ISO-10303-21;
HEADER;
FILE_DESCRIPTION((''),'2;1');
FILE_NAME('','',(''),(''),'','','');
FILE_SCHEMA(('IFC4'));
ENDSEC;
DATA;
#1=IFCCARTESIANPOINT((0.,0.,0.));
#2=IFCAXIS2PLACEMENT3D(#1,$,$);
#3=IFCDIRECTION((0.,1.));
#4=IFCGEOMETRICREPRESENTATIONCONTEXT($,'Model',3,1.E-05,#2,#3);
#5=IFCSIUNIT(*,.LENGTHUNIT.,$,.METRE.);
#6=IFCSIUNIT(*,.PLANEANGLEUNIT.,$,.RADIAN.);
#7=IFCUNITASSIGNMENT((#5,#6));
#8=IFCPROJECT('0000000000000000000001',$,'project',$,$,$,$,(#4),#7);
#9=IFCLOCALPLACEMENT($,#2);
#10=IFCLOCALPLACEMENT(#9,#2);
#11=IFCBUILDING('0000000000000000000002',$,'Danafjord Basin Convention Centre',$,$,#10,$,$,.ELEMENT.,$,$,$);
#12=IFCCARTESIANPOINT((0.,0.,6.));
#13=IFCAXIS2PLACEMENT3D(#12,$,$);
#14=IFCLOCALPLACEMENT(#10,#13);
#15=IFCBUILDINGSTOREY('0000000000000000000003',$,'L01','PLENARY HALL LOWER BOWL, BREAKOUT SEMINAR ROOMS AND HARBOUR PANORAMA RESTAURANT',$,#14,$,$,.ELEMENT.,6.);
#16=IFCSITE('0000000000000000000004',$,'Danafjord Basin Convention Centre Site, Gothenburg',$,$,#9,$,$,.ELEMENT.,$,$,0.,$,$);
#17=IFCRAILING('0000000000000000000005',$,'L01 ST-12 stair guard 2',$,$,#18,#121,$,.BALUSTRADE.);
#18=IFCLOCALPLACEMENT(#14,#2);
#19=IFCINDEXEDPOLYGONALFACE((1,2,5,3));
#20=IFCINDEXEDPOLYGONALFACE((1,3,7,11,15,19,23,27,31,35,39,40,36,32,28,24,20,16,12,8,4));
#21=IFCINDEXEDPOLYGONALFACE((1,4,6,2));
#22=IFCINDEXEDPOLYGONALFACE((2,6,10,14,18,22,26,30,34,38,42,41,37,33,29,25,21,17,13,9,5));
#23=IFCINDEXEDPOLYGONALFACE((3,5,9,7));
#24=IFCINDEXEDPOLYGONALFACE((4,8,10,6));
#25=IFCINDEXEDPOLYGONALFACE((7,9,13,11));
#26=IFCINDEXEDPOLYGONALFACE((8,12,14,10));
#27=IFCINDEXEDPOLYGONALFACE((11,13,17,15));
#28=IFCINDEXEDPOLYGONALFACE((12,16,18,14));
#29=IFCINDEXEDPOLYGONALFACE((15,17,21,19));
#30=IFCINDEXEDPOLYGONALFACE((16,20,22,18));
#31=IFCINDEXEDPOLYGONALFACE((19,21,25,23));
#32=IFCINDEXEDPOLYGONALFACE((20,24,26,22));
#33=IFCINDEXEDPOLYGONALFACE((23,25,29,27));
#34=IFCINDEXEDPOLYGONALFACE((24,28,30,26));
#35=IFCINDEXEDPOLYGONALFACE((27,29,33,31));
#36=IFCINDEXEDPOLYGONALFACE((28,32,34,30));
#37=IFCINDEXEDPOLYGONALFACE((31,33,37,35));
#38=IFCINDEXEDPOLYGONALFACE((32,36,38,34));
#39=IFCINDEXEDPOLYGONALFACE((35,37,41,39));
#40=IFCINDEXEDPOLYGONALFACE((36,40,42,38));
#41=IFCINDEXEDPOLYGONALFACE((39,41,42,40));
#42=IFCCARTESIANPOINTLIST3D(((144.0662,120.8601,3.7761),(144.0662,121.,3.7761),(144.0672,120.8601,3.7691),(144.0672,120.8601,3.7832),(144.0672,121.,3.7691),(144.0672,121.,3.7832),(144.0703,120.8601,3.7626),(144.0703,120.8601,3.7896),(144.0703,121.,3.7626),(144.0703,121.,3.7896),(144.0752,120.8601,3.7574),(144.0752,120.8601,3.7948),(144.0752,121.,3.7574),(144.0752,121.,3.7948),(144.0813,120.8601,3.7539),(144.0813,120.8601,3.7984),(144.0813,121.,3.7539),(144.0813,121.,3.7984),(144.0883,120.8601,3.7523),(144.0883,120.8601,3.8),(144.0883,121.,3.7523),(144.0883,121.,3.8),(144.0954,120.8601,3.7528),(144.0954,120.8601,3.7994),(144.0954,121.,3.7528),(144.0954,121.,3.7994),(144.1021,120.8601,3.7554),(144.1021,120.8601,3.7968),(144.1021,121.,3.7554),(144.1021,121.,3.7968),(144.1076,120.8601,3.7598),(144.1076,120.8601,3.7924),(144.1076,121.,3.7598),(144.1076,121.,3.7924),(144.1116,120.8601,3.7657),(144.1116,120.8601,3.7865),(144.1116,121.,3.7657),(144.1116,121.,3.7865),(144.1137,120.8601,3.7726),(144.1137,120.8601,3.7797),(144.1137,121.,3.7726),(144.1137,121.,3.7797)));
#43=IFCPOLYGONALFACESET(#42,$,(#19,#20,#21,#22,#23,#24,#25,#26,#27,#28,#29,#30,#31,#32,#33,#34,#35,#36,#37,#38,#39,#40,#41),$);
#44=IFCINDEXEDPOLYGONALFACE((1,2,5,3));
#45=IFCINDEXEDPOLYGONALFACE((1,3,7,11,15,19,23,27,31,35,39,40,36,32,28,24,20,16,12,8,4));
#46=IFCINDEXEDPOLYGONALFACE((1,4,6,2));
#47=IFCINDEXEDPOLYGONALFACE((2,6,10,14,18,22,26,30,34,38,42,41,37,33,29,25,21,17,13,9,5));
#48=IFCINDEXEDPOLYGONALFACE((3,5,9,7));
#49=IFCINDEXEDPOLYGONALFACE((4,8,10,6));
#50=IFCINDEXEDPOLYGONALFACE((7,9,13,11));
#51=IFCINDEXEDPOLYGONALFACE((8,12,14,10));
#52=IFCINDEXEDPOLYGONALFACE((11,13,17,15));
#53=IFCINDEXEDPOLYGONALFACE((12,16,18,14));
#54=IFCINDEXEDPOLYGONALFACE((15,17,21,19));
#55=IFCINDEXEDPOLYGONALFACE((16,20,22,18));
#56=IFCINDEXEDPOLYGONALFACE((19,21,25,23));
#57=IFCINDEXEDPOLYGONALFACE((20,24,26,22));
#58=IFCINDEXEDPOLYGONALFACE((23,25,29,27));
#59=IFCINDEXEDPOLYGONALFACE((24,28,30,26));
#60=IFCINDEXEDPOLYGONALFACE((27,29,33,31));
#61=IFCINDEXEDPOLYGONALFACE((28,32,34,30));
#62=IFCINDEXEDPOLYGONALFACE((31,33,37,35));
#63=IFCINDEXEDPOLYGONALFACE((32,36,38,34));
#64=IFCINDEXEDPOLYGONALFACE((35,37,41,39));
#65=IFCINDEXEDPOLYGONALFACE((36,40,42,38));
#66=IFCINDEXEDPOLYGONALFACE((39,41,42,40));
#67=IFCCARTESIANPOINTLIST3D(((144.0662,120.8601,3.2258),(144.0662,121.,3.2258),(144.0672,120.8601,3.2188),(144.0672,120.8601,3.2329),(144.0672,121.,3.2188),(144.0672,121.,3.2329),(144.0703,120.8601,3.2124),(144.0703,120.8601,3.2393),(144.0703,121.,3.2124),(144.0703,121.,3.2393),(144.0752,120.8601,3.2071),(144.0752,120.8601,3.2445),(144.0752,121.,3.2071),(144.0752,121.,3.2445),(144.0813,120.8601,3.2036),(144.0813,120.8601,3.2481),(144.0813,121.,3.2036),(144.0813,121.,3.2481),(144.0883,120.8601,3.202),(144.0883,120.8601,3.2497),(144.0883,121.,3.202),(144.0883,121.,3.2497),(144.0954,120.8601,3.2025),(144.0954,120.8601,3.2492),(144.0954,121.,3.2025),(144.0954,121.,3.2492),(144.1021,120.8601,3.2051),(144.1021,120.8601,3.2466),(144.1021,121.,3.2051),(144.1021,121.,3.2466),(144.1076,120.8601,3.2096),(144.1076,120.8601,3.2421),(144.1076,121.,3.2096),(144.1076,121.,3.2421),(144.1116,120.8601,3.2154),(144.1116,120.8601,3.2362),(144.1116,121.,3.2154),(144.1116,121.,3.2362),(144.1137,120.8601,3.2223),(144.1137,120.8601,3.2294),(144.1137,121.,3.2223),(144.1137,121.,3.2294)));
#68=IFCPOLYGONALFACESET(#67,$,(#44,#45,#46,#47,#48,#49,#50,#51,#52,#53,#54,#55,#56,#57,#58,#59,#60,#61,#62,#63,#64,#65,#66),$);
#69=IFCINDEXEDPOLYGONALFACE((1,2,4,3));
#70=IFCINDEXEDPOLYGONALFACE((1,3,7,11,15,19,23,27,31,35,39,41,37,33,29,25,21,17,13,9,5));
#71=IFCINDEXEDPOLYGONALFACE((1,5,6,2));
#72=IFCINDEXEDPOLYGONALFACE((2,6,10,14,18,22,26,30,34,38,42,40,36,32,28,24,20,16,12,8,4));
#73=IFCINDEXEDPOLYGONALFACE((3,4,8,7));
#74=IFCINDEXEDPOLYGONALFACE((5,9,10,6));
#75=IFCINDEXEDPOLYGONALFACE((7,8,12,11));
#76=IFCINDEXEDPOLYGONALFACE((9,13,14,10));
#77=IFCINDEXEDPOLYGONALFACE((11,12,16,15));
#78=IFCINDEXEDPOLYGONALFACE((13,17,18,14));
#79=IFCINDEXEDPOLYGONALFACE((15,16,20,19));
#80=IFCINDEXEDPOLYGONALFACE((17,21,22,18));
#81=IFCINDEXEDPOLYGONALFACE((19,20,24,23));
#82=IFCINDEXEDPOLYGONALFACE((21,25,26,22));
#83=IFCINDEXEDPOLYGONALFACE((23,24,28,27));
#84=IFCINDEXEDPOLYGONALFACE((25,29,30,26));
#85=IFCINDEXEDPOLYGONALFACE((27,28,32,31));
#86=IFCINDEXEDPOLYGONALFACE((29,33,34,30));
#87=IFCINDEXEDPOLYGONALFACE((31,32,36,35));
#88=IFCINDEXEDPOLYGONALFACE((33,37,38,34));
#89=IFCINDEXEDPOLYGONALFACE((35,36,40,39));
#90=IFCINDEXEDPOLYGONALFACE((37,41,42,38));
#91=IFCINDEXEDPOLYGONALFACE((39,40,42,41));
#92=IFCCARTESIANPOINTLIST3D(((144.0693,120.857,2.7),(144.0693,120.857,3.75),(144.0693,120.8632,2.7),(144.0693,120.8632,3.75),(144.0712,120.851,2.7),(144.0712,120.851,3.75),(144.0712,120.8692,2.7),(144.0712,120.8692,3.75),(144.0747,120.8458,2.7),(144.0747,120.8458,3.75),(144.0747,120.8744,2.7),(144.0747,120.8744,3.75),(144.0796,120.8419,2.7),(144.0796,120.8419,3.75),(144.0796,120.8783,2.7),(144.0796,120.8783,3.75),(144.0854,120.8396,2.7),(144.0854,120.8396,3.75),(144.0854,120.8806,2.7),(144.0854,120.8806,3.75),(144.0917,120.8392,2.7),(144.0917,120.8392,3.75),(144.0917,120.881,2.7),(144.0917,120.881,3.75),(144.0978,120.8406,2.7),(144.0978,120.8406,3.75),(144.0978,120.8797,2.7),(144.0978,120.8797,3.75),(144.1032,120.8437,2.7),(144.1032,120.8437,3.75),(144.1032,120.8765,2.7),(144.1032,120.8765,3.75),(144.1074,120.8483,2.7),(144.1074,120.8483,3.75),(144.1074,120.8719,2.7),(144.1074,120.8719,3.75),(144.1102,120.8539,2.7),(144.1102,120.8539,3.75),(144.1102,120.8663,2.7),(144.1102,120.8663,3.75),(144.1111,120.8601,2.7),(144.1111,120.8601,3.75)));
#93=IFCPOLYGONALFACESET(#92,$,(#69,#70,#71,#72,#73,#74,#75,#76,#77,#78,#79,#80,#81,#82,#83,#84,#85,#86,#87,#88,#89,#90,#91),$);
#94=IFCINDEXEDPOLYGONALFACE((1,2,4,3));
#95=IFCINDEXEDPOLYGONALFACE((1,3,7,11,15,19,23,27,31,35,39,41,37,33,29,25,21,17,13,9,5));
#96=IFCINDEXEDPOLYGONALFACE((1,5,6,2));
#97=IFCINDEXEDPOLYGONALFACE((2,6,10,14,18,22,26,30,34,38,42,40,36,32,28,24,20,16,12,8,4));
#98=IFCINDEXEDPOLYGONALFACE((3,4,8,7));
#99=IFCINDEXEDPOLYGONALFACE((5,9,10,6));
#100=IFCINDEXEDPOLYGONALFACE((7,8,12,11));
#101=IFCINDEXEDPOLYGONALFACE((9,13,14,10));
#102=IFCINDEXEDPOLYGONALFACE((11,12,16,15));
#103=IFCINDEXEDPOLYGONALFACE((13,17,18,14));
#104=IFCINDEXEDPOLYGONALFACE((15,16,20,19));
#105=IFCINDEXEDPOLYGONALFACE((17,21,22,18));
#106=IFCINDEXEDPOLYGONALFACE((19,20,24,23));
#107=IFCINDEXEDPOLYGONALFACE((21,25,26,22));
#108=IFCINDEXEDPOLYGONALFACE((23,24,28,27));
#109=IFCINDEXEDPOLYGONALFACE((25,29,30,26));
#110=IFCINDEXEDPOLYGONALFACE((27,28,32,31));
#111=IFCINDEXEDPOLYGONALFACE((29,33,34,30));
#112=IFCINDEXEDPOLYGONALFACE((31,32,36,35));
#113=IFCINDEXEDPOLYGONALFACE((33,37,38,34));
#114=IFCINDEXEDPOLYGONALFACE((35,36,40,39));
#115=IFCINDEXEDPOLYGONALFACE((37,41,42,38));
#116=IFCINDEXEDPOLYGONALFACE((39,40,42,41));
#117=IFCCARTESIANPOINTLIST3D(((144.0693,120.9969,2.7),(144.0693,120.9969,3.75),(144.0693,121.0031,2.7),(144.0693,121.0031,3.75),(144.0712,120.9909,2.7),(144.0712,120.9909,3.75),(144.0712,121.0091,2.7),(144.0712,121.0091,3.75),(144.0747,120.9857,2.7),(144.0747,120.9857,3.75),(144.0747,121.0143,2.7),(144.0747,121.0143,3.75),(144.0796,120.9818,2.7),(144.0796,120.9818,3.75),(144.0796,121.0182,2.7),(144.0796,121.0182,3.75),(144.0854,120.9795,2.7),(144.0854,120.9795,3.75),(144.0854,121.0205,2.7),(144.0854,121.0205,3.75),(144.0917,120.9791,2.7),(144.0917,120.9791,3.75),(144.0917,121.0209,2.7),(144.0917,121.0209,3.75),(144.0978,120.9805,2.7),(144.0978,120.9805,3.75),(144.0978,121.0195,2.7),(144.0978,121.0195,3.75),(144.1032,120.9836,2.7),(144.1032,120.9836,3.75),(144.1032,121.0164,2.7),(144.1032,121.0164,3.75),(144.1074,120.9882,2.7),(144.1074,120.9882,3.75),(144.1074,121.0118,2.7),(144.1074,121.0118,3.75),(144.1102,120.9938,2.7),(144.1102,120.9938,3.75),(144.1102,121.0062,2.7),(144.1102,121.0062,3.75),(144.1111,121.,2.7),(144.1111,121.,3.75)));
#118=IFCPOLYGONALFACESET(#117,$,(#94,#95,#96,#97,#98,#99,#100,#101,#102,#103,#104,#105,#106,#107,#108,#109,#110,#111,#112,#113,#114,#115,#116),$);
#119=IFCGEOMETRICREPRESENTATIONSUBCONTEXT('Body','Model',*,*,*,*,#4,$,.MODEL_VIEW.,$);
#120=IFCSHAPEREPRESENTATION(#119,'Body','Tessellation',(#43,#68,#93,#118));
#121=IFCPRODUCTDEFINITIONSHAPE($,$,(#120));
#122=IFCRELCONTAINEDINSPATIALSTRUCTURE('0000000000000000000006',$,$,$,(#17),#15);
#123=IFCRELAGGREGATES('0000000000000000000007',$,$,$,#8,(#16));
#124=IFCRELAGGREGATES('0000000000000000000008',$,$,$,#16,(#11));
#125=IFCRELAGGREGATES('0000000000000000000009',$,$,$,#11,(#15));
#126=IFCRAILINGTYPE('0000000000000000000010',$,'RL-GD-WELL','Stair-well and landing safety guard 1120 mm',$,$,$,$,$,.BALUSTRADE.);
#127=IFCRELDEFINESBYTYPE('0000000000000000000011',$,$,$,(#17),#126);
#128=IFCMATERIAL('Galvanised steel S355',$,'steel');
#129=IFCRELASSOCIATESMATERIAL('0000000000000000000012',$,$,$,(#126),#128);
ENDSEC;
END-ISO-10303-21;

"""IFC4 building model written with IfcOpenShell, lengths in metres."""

from ifc_helpers import new_model, si_unit, direction, frame, origin, origin_2d, place, context, subcontext, project, spatial, circle, extrude, material, type_object, element, save


model = new_model("IFC4")

# Units and contexts
model_context = context("Model", 3, precision=1e-05, world=origin(), true_north=direction((0.0, 1.0)))
body_context = subcontext(model_context, "Body", "Model", "MODEL_VIEW")
ifc_project = project(units=[si_unit("LENGTHUNIT", "METRE"), si_unit("PLANEANGLEUNIT", "RADIAN")], contexts=[model_context])

# Site, building, storey
site_placement = place(None, origin())
site = spatial("IfcSite", under=ifc_project, at=site_placement, Name="Danafjord Basin Convention Centre Site, Gothenburg", CompositionType="ELEMENT", RefElevation=0.0)
building_placement = place(site_placement, origin())
building = spatial("IfcBuilding", under=site, at=building_placement, Name="Danafjord Basin Convention Centre", CompositionType="ELEMENT")
storey_placement = place(building_placement, frame((0.0, 0.0, 6.0)))
storey = spatial("IfcBuildingStorey", under=building, at=storey_placement, Name="L01", Description="PLENARY HALL LOWER BOWL, BREAKOUT SEMINAR ROOMS AND HARBOUR PANORAMA RESTAURANT", CompositionType="ELEMENT", Elevation=6.0)

# Railing
ifc_material_1 = material(Name="Galvanised steel S355", Category="steel")
railing_type_1 = type_object("IfcRailingType", Name="RL-GD-WELL", Description="Stair-well and landing safety guard 1120 mm", PredefinedType="BALUSTRADE", material=ifc_material_1)
railing_1_placement = place(storey_placement, frame((144.0901, 120.8601, 2.7)))
element("IfcRailing", 1, at=railing_1_placement, inside=storey, type_object=railing_type_1, Name="L01 ST-12 stair guard 2", PredefinedType="BALUSTRADE", context=body_context, shape_type="SweptSolid", body=[
    extrude(circle(Radius=0.0239, at=origin_2d()), frame((0.0, 0.0, 1.0762), z_axis=(0.0, 1.0, 0.0), x_axis=(-1.0, 0.0, 0.0)), (0.0, 0.0, 1.0), 0.1399),
    extrude(circle(Radius=0.0239, at=origin_2d()), frame((0.0, 0.0, 0.5259), z_axis=(0.0, 1.0, 0.0), x_axis=(-1.0, 0.0, 0.0)), (0.0, 0.0, 1.0), 0.1399),
    extrude(circle(Radius=0.021, at=origin_2d()), origin(), (0.0, 0.0, 1.0), 1.05),
    extrude(circle(Radius=0.021, at=origin_2d()), frame((0.0, 0.1399, 0.0)), (0.0, 0.0, 1.0), 1.05),
])

save(model, "model.ifc")
